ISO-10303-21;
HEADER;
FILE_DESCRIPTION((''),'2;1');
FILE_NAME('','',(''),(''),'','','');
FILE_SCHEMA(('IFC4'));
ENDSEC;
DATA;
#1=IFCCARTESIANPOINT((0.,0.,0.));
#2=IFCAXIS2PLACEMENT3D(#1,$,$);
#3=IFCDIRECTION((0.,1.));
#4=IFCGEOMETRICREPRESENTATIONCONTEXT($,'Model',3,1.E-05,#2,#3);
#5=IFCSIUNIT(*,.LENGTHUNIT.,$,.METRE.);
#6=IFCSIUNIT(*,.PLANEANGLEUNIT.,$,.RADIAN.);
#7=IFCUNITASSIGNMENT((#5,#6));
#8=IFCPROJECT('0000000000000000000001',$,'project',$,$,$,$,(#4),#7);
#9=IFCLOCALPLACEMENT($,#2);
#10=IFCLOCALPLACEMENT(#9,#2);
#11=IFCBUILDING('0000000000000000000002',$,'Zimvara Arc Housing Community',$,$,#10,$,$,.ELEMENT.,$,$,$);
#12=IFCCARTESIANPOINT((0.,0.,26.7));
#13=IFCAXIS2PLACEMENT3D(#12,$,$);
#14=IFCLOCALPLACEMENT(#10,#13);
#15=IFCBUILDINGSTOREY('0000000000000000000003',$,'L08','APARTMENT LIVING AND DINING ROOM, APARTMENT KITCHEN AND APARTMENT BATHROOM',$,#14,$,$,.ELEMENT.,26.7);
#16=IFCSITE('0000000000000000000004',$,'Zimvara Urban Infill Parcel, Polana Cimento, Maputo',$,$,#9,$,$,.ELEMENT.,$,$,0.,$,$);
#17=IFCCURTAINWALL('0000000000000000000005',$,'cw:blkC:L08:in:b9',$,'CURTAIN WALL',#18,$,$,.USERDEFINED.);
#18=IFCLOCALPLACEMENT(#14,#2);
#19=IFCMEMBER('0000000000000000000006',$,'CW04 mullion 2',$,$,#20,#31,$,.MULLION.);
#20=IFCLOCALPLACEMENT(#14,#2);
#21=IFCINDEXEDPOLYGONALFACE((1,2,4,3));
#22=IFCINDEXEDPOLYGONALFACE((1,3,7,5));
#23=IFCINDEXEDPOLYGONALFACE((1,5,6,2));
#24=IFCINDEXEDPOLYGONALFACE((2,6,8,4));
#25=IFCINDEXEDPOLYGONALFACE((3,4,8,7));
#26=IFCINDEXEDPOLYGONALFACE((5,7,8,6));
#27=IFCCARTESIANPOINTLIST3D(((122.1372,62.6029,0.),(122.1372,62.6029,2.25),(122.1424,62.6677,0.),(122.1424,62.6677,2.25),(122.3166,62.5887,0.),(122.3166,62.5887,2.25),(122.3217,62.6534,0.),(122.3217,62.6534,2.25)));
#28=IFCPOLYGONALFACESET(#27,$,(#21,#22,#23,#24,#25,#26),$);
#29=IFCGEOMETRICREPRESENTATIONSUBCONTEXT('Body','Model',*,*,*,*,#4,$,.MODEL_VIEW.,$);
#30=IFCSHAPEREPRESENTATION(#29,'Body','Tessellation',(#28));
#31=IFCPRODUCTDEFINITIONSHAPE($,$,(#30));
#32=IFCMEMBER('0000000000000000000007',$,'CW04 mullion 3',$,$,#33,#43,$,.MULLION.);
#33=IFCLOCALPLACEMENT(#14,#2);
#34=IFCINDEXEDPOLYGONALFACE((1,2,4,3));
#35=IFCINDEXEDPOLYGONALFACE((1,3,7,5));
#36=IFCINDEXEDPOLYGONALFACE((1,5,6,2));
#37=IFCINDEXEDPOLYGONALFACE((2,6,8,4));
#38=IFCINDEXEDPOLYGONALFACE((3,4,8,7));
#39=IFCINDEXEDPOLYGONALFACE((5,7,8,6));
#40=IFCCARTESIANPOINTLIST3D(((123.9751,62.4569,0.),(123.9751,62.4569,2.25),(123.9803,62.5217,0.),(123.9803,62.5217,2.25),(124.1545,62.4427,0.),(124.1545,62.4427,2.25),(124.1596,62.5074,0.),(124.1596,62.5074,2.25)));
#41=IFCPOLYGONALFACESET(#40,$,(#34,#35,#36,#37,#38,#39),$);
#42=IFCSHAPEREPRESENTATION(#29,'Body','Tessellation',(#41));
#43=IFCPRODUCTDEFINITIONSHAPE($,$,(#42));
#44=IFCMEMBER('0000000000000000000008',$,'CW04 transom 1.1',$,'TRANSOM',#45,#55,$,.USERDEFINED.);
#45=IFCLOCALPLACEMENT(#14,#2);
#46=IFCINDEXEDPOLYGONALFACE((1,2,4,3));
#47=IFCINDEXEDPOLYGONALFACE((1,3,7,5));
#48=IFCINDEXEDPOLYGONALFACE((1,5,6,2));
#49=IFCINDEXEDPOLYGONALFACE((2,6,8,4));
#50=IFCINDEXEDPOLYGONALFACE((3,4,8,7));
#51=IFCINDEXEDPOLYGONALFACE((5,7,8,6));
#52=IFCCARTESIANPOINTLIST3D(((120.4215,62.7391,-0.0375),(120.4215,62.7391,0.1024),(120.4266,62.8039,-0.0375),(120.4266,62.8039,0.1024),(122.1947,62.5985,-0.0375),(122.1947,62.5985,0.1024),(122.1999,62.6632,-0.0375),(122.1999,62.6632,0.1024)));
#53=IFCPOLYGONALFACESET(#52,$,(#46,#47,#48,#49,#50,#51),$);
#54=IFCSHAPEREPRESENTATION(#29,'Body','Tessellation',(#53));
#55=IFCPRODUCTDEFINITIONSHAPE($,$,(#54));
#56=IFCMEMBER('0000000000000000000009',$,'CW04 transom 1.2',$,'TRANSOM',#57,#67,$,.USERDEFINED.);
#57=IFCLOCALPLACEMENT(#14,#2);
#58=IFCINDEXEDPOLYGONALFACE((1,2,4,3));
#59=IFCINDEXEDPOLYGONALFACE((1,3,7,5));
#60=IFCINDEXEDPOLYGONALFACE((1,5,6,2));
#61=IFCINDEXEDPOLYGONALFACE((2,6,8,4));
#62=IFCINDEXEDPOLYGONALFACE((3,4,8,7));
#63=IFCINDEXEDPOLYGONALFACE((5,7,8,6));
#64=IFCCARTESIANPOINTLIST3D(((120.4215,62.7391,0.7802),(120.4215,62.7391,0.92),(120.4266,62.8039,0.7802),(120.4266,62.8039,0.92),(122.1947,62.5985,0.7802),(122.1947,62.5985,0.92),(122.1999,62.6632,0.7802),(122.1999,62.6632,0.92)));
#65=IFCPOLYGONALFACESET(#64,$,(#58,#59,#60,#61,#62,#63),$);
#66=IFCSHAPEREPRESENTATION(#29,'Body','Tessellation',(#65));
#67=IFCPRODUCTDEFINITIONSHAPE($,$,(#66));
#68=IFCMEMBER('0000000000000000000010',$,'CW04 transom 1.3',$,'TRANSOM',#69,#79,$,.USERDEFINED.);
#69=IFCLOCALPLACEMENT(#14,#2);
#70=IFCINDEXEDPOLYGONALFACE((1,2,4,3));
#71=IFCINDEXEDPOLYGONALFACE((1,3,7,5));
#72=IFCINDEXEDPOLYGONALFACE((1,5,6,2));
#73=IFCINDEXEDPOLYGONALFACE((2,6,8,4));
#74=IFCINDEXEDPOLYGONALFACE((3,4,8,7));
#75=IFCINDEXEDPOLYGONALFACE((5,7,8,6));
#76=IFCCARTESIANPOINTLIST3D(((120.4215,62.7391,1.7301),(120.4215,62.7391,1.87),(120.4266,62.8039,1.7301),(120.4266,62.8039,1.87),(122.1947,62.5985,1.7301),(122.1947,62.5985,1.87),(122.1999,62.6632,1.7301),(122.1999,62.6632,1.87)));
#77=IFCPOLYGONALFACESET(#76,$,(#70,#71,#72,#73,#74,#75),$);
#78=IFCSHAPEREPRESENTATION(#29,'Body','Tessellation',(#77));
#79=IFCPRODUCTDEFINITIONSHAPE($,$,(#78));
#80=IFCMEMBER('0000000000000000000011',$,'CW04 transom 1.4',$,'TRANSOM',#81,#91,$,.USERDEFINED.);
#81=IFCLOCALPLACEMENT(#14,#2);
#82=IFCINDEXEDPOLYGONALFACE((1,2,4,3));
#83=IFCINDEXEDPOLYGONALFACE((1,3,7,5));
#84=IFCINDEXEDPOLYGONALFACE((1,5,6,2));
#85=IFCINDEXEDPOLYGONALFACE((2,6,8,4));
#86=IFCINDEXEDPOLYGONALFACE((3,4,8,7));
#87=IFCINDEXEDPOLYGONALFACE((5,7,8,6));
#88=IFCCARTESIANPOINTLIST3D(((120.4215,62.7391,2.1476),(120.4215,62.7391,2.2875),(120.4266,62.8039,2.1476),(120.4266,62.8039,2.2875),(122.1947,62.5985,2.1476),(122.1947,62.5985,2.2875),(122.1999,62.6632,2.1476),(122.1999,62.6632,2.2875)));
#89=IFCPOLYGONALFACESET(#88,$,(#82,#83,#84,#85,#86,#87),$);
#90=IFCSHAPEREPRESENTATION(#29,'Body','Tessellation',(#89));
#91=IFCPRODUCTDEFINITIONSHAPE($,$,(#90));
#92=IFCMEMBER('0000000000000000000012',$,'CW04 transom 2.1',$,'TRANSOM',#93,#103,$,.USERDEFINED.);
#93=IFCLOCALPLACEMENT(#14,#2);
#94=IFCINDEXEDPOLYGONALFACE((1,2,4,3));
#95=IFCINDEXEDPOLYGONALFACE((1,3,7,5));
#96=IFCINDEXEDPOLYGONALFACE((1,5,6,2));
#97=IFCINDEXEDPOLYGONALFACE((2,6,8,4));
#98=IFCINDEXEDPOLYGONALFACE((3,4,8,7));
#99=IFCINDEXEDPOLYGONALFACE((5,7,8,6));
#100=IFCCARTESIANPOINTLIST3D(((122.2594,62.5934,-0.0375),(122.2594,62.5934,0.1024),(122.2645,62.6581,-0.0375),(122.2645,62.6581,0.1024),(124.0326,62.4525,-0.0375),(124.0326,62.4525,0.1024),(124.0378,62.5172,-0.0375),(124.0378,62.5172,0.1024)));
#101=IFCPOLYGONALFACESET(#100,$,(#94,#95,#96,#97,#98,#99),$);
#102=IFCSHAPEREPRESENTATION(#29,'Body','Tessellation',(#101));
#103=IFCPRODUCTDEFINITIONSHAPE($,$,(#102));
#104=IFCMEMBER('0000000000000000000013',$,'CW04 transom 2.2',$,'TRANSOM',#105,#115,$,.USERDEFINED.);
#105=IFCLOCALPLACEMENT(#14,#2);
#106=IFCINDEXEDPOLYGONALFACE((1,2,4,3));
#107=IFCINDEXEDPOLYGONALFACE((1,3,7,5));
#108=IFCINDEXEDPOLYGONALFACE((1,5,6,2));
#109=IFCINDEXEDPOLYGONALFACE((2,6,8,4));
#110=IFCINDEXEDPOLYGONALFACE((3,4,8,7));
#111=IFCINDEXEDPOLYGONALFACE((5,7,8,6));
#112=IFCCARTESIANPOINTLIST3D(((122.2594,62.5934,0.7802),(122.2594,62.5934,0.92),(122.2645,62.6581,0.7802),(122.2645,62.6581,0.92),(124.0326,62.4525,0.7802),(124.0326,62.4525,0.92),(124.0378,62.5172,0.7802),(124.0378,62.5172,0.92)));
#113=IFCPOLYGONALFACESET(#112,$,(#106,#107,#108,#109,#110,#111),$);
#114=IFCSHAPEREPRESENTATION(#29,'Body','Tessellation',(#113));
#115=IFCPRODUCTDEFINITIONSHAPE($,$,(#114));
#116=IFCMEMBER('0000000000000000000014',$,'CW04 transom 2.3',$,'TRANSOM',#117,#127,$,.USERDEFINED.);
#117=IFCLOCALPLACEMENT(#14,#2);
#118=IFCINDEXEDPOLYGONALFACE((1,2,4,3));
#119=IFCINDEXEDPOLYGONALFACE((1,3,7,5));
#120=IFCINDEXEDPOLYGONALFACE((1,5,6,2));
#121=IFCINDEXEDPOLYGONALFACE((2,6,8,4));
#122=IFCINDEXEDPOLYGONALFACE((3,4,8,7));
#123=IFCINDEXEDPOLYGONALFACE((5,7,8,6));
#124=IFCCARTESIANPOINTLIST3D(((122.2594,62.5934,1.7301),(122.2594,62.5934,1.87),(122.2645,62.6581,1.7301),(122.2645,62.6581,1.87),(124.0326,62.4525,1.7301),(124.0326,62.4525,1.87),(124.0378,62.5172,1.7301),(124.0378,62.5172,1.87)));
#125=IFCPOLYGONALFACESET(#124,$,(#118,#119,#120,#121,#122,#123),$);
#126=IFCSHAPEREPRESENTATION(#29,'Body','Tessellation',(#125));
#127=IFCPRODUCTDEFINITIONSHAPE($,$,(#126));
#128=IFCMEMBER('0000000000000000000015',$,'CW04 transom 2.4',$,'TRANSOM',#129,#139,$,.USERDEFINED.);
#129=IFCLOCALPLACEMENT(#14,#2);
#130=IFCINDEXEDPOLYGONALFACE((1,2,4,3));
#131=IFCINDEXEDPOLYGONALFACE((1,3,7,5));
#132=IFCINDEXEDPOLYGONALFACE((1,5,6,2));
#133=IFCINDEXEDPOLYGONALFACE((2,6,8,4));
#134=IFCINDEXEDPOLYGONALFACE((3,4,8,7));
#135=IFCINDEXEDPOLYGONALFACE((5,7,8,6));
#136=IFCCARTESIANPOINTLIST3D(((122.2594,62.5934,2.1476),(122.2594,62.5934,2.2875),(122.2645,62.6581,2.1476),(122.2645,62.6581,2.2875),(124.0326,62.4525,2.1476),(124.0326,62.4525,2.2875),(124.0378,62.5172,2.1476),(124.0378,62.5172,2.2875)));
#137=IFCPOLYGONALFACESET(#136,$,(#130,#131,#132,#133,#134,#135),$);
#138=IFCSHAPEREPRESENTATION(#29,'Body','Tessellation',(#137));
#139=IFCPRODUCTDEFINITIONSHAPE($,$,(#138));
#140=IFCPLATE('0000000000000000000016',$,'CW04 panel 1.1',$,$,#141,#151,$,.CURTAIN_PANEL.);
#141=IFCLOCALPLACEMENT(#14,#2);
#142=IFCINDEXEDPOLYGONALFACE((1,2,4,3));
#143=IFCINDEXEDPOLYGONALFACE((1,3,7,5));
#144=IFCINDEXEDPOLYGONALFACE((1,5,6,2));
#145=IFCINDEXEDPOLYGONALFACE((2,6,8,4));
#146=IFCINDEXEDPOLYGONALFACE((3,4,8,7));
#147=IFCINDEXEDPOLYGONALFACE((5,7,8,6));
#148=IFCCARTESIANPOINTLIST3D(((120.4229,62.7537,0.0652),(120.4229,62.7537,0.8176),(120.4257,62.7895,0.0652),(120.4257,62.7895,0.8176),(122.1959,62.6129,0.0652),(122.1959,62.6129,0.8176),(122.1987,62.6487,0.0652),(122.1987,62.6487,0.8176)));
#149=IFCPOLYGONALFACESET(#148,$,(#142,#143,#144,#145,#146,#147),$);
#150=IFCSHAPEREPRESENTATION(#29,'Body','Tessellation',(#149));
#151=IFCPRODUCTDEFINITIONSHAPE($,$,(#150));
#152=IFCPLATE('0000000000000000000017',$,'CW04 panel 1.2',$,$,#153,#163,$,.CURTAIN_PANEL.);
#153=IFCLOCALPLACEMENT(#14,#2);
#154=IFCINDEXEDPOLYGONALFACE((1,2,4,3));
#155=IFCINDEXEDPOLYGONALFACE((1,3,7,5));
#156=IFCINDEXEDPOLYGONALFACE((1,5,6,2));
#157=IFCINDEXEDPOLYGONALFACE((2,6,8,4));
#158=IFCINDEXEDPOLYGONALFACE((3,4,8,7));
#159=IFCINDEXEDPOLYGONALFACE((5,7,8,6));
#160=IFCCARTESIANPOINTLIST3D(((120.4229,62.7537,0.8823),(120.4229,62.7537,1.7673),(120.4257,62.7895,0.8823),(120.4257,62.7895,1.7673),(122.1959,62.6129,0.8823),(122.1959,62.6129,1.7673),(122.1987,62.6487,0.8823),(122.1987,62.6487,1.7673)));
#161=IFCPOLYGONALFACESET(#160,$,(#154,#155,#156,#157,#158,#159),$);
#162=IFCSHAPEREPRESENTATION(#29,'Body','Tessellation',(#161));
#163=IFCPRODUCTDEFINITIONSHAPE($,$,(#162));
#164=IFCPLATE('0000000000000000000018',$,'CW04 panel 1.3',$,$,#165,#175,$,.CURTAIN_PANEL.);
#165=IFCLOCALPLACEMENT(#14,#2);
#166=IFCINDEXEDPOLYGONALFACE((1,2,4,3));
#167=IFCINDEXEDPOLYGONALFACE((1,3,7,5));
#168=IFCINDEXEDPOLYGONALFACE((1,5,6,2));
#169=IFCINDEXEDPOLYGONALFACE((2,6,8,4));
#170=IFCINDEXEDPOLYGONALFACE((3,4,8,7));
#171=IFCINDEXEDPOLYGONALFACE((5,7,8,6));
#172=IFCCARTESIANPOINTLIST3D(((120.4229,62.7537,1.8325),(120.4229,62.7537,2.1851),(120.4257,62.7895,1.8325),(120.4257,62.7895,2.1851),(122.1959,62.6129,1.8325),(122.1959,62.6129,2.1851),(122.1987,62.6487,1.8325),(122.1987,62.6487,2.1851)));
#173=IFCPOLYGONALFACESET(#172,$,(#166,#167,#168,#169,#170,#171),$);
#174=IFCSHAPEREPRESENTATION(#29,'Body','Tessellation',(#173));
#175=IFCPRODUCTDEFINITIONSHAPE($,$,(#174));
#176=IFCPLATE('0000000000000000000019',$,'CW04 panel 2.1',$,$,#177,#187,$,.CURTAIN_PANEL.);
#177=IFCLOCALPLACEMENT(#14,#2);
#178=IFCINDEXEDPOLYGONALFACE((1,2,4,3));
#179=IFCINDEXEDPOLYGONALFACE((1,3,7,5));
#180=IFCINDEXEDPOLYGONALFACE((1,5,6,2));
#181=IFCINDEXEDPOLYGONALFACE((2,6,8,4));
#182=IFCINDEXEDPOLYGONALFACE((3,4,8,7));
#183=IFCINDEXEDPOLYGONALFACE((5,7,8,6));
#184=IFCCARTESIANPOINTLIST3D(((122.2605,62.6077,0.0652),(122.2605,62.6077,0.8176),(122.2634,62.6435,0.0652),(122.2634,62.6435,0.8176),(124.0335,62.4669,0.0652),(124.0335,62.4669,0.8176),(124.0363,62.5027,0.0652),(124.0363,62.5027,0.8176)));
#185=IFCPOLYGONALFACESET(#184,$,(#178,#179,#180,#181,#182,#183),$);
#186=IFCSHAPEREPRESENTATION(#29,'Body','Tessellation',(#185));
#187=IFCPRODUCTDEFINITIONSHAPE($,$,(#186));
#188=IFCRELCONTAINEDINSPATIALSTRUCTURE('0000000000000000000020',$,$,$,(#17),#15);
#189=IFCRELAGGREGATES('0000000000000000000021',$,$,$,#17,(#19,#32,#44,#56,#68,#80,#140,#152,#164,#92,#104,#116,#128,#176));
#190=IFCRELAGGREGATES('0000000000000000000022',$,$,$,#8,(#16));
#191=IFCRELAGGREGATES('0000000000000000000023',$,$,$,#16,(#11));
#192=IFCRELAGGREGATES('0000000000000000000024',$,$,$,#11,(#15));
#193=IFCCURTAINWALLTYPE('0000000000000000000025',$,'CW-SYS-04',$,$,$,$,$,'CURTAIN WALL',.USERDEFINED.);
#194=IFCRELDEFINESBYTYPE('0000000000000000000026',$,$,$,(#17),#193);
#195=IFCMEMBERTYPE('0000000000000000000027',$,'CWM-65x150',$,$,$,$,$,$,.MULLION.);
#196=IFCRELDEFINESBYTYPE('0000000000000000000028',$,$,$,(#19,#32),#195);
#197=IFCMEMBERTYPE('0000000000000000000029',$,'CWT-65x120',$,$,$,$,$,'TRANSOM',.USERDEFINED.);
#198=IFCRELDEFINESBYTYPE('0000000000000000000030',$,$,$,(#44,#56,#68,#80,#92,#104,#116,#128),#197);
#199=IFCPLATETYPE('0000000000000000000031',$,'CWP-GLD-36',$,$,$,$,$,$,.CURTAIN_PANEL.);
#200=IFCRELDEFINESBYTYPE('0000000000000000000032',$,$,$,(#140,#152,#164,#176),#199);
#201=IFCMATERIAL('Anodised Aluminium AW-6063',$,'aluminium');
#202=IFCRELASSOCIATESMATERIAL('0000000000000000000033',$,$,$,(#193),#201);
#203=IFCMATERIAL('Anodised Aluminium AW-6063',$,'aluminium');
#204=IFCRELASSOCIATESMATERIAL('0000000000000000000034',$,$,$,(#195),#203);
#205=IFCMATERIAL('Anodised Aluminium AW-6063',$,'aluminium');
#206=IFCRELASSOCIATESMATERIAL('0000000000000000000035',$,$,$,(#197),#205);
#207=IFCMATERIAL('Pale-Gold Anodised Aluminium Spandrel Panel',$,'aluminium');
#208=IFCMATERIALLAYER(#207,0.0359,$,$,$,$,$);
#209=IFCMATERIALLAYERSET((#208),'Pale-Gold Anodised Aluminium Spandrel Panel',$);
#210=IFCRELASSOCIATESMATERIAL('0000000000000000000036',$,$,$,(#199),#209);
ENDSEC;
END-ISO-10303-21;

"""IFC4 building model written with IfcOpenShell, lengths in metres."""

from ifc_helpers import new_model, si_unit, direction, frame, origin, origin_2d, place, context, subcontext, project, spatial, rectangle, extrude, material, layer, layer_set, material_profile, profile_set, type_object, element, aggregate, save


model = new_model("IFC4")

# Units and contexts
model_context = context("Model", 3, precision=1e-05, world=origin(), true_north=direction((0.0, 1.0)))
body_context = subcontext(model_context, "Body", "Model", "MODEL_VIEW")
ifc_project = project(units=[si_unit("LENGTHUNIT", "METRE"), si_unit("PLANEANGLEUNIT", "RADIAN")], contexts=[model_context])

# Site, building, storey
site_placement = place(None, origin())
site = spatial("IfcSite", under=ifc_project, at=site_placement, Name="Zimvara Urban Infill Parcel, Polana Cimento, Maputo", CompositionType="ELEMENT", RefElevation=0.0)
building_placement = place(site_placement, origin())
building = spatial("IfcBuilding", under=site, at=building_placement, Name="Zimvara Arc Housing Community", CompositionType="ELEMENT")
storey_placement = place(building_placement, frame((0.0, 0.0, 26.7)))
storey = spatial("IfcBuildingStorey", under=building, at=storey_placement, Name="L08", Description="APARTMENT LIVING AND DINING ROOM, APARTMENT KITCHEN AND APARTMENT BATHROOM", CompositionType="ELEMENT", Elevation=26.7)

# Curtain wall, members, plates
ifc_material_1 = material(Name="Anodised Aluminium AW-6063", Category="aluminium")
curtain_wall_type = type_object("IfcCurtainWallType", Name="CW-SYS-04", ElementType="CURTAIN WALL", PredefinedType="USERDEFINED", material=ifc_material_1)
curtain_wall_placement = place(storey_placement, origin())
curtain_wall = element("IfcCurtainWall", 1, at=curtain_wall_placement, inside=storey, type_object=curtain_wall_type, Name="cw:blkC:L08:in:b9", ObjectType="CURTAIN WALL", PredefinedType="USERDEFINED")
ifc_material_2 = material(Name="Anodised Aluminium AW-6063", Category="aluminium")
ifc_material_profile_1 = material_profile(ifc_material_2, rectangle(XDim=0.0649, YDim=0.1799, at=origin_2d()), Name="ALU 65x180")
ifc_profile_set_1 = profile_set([ifc_material_profile_1], Name="Anodised Aluminium AW-6063")
member_type_1 = type_object("IfcMemberType", Name="CWM-65x150", PredefinedType="MULLION", material=ifc_profile_set_1)
member_1_placement = place(storey_placement, frame((122.2295, 62.6282, 0.0), z_axis=(0.0, 0.0, 1.0), x_axis=(0.079155, 0.996862, 0.0)))
member_1 = element("IfcMember", 2, at=member_1_placement, type_object=member_type_1, Name="CW04 mullion 2", PredefinedType="MULLION", context=body_context, shape_type="SweptSolid", body=[
    extrude(rectangle(XDim=0.0649, YDim=0.1799, at=origin_2d()), origin(), (0.0, 0.0, 1.0), 2.25),
])
member_2_placement = place(storey_placement, frame((124.0674, 62.4822, 0.0), z_axis=(0.0, 0.0, 1.0), x_axis=(0.079155, 0.996862, 0.0)))
member_2 = element("IfcMember", 3, at=member_2_placement, type_object=member_type_1, Name="CW04 mullion 3", PredefinedType="MULLION", context=body_context, shape_type="SweptSolid", body=[
    extrude(rectangle(XDim=0.0649, YDim=0.1799, at=origin_2d()), origin(), (0.0, 0.0, 1.0), 2.25),
])
ifc_material_3 = material(Name="Anodised Aluminium AW-6063", Category="aluminium")
ifc_material_profile_2 = material_profile(ifc_material_3, rectangle(XDim=0.0649, YDim=0.1399, at=origin_2d()), Name="ALU 65x140")
ifc_profile_set_2 = profile_set([ifc_material_profile_2], Name="Anodised Aluminium AW-6063")
member_type_2 = type_object("IfcMemberType", Name="CWT-65x120", ElementType="TRANSOM", PredefinedType="USERDEFINED", material=ifc_profile_set_2)
member_3_placement = place(storey_placement, frame((120.4241, 62.7715, 0.0325), z_axis=(0.99687, -0.079058, 0.0), x_axis=(0.079058, 0.99687, 0.0)))
member_3 = element("IfcMember", 4, at=member_3_placement, type_object=member_type_2, Name="CW04 transom 1.1", ObjectType="TRANSOM", PredefinedType="USERDEFINED", context=body_context, shape_type="SweptSolid", body=[
    extrude(rectangle(XDim=0.0649, YDim=0.1399, at=origin_2d()), origin(), (0.0, 0.0, 1.0), 1.7788),
])
member_4_placement = place(storey_placement, frame((120.4241, 62.7715, 0.8501), z_axis=(0.99687, -0.079058, 0.0), x_axis=(0.079058, 0.99687, 0.0)))
member_4 = element("IfcMember", 5, at=member_4_placement, type_object=member_type_2, Name="CW04 transom 1.2", ObjectType="TRANSOM", PredefinedType="USERDEFINED", context=body_context, shape_type="SweptSolid", body=[
    extrude(rectangle(XDim=0.0649, YDim=0.1399, at=origin_2d()), origin(), (0.0, 0.0, 1.0), 1.7788),
])
member_5_placement = place(storey_placement, frame((120.4241, 62.7715, 1.8), z_axis=(0.99687, -0.079058, 0.0), x_axis=(0.079058, 0.99687, 0.0)))
member_5 = element("IfcMember", 6, at=member_5_placement, type_object=member_type_2, Name="CW04 transom 1.3", ObjectType="TRANSOM", PredefinedType="USERDEFINED", context=body_context, shape_type="SweptSolid", body=[
    extrude(rectangle(XDim=0.0649, YDim=0.1399, at=origin_2d()), origin(), (0.0, 0.0, 1.0), 1.7788),
])
member_6_placement = place(storey_placement, frame((120.4241, 62.7715, 2.2175), z_axis=(0.99687, -0.079058, 0.0), x_axis=(0.079058, 0.99687, 0.0)))
member_6 = element("IfcMember", 7, at=member_6_placement, type_object=member_type_2, Name="CW04 transom 1.4", ObjectType="TRANSOM", PredefinedType="USERDEFINED", context=body_context, shape_type="SweptSolid", body=[
    extrude(rectangle(XDim=0.0649, YDim=0.1399, at=origin_2d()), origin(), (0.0, 0.0, 1.0), 1.7788),
])
member_7_placement = place(storey_placement, frame((122.262, 62.6257, 0.0325), z_axis=(0.996859, -0.079194, 0.0), x_axis=(0.079194, 0.996859, 0.0)))
member_7 = element("IfcMember", 8, at=member_7_placement, type_object=member_type_2, Name="CW04 transom 2.1", ObjectType="TRANSOM", PredefinedType="USERDEFINED", context=body_context, shape_type="SweptSolid", body=[
    extrude(rectangle(XDim=0.0649, YDim=0.1399, at=origin_2d()), origin(), (0.0, 0.0, 1.0), 1.7788),
])
member_8_placement = place(storey_placement, frame((122.262, 62.6257, 0.8501), z_axis=(0.996859, -0.079194, 0.0), x_axis=(0.079194, 0.996859, 0.0)))
member_8 = element("IfcMember", 9, at=member_8_placement, type_object=member_type_2, Name="CW04 transom 2.2", ObjectType="TRANSOM", PredefinedType="USERDEFINED", context=body_context, shape_type="SweptSolid", body=[
    extrude(rectangle(XDim=0.0649, YDim=0.1399, at=origin_2d()), origin(), (0.0, 0.0, 1.0), 1.7788),
])
member_9_placement = place(storey_placement, frame((122.262, 62.6257, 1.8), z_axis=(0.996859, -0.079194, 0.0), x_axis=(0.079194, 0.996859, 0.0)))
member_9 = element("IfcMember", 10, at=member_9_placement, type_object=member_type_2, Name="CW04 transom 2.3", ObjectType="TRANSOM", PredefinedType="USERDEFINED", context=body_context, shape_type="SweptSolid", body=[
    extrude(rectangle(XDim=0.0649, YDim=0.1399, at=origin_2d()), origin(), (0.0, 0.0, 1.0), 1.7788),
])
member_10_placement = place(storey_placement, frame((122.262, 62.6257, 2.2175), z_axis=(0.996859, -0.079194, 0.0), x_axis=(0.079194, 0.996859, 0.0)))
member_10 = element("IfcMember", 11, at=member_10_placement, type_object=member_type_2, Name="CW04 transom 2.4", ObjectType="TRANSOM", PredefinedType="USERDEFINED", context=body_context, shape_type="SweptSolid", body=[
    extrude(rectangle(XDim=0.0649, YDim=0.1399, at=origin_2d()), origin(), (0.0, 0.0, 1.0), 1.7788),
])
ifc_material_4 = material(Name="Pale-Gold Anodised Aluminium Spandrel Panel", Category="aluminium")
ifc_layer_1 = layer(ifc_material_4, 0.0359)
ifc_layer_set_1 = layer_set([ifc_layer_1], Name="Pale-Gold Anodised Aluminium Spandrel Panel")
plate_type = type_object("IfcPlateType", Name="CWP-GLD-36", PredefinedType="CURTAIN_PANEL", material=ifc_layer_set_1)
plate_1_placement = place(storey_placement, frame((121.3108, 62.7012, 0.0652), z_axis=(0.0, 0.0, 1.0), x_axis=(0.996862, -0.079155, 0.0)))
plate_1 = element("IfcPlate", 12, at=plate_1_placement, type_object=plate_type, Name="CW04 panel 1.1", PredefinedType="CURTAIN_PANEL", context=body_context, shape_type="SweptSolid", body=[
    extrude(rectangle(XDim=1.7786, YDim=0.0359, at=origin_2d()), origin(), (0.0, 0.0, 1.0), 0.7524),
])
plate_2_placement = place(storey_placement, frame((121.3108, 62.7012, 0.8823), z_axis=(0.0, 0.0, 1.0), x_axis=(0.996862, -0.079155, 0.0)))
plate_2 = element("IfcPlate", 13, at=plate_2_placement, type_object=plate_type, Name="CW04 panel 1.2", PredefinedType="CURTAIN_PANEL", context=body_context, shape_type="SweptSolid", body=[
    extrude(rectangle(XDim=1.7786, YDim=0.0359, at=origin_2d()), origin(), (0.0, 0.0, 1.0), 0.885),
])
plate_3_placement = place(storey_placement, frame((121.3108, 62.7012, 1.8325), z_axis=(0.0, 0.0, 1.0), x_axis=(0.996862, -0.079155, 0.0)))
plate_3 = element("IfcPlate", 14, at=plate_3_placement, type_object=plate_type, Name="CW04 panel 1.3", PredefinedType="CURTAIN_PANEL", context=body_context, shape_type="SweptSolid", body=[
    extrude(rectangle(XDim=1.7786, YDim=0.0359, at=origin_2d()), origin(), (0.0, 0.0, 1.0), 0.3525),
])
plate_4_placement = place(storey_placement, frame((123.1484, 62.5552, 0.0652), z_axis=(0.0, 0.0, 1.0), x_axis=(0.996862, -0.079155, 0.0)))
plate_4 = element("IfcPlate", 15, at=plate_4_placement, type_object=plate_type, Name="CW04 panel 2.1", PredefinedType="CURTAIN_PANEL", context=body_context, shape_type="SweptSolid", body=[
    extrude(rectangle(XDim=1.7786, YDim=0.0359, at=origin_2d()), origin(), (0.0, 0.0, 1.0), 0.7524),
])
aggregate(curtain_wall, [member_1, member_2, member_3, member_4, member_5, member_6, plate_1, plate_2, plate_3, member_7, member_8, member_9, member_10, plate_4])

save(model, "model.ifc")
